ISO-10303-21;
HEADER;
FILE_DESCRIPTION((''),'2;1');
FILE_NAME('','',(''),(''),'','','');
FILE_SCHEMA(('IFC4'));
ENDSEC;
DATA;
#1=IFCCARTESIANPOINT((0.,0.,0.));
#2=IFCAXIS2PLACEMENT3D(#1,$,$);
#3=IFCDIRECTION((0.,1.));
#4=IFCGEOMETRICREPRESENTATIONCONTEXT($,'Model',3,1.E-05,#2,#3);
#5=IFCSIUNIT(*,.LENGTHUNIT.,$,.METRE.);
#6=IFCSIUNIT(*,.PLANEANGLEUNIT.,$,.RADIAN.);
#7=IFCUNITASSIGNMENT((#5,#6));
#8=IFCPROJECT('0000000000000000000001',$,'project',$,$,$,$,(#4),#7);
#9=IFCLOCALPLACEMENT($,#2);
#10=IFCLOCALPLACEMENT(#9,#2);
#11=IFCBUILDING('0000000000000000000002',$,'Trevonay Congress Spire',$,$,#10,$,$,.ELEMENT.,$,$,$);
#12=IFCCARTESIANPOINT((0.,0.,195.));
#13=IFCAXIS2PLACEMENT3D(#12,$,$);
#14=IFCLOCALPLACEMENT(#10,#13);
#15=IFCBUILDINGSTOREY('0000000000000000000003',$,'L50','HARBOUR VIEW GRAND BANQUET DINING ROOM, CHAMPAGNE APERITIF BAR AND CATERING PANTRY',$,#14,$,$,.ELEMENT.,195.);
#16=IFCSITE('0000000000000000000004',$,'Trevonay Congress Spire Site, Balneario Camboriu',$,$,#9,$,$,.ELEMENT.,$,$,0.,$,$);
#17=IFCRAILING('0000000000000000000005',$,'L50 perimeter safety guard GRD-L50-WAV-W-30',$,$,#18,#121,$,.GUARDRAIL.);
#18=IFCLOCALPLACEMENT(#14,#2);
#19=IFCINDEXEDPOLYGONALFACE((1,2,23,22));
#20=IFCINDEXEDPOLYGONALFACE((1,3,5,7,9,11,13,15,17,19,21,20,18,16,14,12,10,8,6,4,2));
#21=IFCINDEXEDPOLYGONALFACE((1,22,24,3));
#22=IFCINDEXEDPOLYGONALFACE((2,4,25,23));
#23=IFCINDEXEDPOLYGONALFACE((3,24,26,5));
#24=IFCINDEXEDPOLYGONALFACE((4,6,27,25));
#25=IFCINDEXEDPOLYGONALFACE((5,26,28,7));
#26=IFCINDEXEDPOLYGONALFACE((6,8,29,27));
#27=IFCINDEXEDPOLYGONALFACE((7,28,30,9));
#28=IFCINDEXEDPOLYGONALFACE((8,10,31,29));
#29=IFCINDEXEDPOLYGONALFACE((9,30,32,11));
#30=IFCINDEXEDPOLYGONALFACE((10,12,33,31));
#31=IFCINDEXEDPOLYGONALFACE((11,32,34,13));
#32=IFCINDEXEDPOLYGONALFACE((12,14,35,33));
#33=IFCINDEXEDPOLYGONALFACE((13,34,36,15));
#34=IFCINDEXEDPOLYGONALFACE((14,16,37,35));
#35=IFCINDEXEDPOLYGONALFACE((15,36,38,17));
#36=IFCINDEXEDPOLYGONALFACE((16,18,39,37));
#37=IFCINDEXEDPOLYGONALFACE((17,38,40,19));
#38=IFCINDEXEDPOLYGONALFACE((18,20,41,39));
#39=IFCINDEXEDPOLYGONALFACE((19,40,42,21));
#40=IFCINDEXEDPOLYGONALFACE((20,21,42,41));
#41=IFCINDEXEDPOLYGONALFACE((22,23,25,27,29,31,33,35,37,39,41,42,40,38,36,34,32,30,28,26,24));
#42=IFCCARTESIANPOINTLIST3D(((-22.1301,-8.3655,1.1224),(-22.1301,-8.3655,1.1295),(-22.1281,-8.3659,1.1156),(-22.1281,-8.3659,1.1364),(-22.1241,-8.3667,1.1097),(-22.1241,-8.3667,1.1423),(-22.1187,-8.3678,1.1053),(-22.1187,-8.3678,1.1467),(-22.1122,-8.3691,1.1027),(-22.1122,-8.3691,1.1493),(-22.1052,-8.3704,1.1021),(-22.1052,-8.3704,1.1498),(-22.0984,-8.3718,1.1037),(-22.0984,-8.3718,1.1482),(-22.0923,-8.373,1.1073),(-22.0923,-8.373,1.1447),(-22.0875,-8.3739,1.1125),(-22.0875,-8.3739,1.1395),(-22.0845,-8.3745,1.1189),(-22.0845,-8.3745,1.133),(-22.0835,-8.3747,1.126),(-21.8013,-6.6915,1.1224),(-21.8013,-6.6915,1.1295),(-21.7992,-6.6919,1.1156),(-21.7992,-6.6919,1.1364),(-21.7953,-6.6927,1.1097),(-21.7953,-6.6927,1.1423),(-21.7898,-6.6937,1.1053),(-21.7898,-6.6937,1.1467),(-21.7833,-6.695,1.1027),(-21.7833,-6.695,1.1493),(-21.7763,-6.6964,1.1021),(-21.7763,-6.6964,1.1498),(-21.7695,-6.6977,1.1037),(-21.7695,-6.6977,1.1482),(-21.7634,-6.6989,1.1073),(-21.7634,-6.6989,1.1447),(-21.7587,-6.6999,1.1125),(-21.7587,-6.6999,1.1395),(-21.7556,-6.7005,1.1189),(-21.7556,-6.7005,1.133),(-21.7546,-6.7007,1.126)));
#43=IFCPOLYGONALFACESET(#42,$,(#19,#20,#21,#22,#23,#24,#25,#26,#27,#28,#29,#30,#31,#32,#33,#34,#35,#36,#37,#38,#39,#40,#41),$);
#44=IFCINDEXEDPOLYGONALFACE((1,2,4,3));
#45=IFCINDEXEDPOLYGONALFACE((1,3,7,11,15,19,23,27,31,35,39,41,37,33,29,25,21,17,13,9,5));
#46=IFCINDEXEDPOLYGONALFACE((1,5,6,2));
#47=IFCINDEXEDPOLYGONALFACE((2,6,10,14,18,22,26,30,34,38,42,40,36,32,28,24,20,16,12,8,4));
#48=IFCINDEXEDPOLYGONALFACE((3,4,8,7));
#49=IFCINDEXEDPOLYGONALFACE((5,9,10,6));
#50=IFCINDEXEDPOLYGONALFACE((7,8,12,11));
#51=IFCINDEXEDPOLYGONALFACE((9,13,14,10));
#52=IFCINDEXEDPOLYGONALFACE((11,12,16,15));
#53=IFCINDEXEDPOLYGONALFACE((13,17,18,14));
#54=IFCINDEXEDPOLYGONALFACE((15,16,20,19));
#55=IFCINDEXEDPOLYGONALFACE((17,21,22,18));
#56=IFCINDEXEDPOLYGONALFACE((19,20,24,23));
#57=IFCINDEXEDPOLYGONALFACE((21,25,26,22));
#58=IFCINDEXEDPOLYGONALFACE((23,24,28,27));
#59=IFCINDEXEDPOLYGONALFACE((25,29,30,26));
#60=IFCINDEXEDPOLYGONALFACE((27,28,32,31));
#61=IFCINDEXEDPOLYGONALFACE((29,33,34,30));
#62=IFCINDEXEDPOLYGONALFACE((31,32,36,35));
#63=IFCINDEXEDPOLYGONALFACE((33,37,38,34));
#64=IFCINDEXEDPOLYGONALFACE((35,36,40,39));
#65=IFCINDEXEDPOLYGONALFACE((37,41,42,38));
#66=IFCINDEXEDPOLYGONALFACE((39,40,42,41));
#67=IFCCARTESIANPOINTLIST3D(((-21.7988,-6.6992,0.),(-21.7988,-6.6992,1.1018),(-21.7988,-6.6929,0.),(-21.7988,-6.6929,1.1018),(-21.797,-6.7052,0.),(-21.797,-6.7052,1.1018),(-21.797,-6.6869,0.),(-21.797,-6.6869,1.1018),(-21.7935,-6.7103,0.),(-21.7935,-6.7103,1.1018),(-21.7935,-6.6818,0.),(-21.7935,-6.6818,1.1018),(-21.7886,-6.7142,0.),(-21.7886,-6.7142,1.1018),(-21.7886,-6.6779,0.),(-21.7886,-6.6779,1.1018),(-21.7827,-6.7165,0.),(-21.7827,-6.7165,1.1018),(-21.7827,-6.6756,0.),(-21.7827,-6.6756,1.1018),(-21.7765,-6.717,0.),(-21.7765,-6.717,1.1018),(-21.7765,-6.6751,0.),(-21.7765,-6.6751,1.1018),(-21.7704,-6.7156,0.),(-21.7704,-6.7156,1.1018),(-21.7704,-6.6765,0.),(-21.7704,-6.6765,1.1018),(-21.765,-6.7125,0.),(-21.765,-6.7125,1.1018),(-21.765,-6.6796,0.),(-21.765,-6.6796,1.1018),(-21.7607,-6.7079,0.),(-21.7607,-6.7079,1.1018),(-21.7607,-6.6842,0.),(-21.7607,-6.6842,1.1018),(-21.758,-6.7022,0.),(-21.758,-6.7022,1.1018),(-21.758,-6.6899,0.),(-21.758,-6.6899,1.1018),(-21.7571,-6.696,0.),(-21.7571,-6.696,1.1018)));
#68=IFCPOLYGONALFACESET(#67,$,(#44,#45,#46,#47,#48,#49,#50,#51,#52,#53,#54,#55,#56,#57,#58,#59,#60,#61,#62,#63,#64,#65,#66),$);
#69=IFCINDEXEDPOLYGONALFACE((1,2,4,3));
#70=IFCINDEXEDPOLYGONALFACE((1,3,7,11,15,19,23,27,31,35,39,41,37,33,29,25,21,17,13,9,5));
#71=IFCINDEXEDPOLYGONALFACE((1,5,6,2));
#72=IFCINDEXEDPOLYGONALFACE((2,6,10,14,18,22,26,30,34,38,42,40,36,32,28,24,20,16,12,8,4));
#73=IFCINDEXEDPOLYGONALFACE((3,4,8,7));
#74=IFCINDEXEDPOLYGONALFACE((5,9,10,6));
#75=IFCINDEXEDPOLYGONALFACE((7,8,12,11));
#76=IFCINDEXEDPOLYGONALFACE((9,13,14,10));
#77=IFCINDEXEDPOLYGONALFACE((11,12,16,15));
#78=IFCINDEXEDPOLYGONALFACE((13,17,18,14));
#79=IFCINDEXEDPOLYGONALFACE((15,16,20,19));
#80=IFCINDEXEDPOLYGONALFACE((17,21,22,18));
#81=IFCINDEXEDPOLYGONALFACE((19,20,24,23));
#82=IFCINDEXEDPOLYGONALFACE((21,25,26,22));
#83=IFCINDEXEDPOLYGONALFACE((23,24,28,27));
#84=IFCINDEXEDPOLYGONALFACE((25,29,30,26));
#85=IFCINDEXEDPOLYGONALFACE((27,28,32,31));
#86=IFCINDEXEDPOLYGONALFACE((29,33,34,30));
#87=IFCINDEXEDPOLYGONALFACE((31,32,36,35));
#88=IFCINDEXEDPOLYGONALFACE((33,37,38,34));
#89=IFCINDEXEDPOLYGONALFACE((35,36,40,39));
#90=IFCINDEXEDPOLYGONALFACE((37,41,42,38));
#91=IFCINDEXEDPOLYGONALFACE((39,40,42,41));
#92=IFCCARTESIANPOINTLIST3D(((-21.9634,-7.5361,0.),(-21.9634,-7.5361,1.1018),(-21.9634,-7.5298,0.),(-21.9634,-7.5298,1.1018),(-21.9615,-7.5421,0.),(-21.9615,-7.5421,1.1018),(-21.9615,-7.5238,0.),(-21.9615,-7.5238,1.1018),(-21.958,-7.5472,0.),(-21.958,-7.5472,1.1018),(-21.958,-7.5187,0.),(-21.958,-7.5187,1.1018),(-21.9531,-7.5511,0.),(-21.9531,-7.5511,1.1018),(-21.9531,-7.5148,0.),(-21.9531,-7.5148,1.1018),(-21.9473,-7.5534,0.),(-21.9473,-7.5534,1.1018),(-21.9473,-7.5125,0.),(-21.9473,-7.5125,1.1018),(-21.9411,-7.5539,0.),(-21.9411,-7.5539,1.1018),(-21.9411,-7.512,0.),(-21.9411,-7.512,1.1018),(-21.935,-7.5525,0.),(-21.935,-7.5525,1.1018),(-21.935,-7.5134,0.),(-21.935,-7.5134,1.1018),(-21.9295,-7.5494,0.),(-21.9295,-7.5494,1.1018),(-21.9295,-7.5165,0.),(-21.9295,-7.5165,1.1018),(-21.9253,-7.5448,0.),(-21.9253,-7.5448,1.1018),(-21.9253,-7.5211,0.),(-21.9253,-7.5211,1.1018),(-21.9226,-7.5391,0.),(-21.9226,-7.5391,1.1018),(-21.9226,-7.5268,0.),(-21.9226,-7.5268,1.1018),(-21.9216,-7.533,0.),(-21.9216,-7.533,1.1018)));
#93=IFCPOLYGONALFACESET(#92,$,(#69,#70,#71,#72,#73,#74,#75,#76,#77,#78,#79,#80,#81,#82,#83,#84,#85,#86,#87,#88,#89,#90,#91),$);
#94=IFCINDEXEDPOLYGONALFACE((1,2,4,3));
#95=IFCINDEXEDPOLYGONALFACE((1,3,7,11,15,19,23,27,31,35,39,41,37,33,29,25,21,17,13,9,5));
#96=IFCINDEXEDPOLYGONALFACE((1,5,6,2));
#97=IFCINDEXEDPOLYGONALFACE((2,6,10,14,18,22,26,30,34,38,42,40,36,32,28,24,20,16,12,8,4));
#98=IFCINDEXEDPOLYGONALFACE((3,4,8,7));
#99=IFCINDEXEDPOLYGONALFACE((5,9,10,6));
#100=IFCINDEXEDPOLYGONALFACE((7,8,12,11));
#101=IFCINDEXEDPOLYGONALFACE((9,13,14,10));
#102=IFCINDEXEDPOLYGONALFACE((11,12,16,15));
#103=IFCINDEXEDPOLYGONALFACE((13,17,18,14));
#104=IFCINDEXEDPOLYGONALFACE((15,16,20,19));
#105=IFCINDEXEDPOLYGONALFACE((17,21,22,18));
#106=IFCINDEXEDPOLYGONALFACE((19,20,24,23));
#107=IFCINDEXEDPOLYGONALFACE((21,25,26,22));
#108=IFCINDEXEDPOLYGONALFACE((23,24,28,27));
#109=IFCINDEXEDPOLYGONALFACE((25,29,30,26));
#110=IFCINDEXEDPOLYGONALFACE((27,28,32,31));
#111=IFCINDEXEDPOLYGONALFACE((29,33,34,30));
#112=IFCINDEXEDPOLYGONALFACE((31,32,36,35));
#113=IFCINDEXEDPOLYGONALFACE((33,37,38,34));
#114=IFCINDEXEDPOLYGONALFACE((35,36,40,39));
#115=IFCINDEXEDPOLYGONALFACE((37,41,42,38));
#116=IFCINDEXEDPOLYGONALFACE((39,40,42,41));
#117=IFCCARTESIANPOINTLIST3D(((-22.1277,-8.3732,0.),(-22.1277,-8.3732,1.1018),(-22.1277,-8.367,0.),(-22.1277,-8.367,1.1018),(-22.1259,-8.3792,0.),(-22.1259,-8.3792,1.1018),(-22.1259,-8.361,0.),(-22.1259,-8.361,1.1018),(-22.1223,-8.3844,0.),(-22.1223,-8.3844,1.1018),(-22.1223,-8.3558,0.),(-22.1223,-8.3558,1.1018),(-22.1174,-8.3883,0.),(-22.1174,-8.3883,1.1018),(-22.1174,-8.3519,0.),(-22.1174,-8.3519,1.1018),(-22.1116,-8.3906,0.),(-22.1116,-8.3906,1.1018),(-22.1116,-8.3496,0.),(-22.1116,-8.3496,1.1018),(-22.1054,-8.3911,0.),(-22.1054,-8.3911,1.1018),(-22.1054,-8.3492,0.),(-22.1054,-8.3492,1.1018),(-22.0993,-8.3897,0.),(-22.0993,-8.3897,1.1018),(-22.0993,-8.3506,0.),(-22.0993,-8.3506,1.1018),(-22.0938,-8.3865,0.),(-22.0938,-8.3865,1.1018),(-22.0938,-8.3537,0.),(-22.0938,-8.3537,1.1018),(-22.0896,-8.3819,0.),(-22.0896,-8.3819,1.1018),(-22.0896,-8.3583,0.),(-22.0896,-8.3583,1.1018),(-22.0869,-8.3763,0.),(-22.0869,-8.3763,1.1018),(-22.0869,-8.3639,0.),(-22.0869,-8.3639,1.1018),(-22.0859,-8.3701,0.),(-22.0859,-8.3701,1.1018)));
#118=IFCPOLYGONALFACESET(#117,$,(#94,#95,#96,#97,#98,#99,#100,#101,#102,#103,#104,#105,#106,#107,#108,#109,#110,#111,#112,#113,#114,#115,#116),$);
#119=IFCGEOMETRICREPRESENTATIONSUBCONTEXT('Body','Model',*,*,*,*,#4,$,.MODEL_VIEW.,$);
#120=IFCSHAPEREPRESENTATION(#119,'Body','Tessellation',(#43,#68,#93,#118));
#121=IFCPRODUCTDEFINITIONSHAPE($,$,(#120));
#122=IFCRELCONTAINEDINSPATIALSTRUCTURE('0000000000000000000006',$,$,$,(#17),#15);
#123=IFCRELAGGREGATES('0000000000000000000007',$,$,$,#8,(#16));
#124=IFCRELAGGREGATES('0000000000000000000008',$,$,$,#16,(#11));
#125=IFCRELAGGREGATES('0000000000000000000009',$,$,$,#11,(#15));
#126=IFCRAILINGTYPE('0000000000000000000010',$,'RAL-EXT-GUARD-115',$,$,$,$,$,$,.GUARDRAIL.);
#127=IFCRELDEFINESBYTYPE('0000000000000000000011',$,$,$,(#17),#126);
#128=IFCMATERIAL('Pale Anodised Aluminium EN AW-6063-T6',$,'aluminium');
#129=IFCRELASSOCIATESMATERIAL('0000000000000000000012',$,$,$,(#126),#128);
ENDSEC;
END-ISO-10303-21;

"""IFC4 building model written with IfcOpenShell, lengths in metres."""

from ifc_helpers import new_model, si_unit, direction, frame, origin, origin_2d, place, context, subcontext, project, spatial, circle, extrude, material, type_object, element, save


model = new_model("IFC4")

# Units and contexts
model_context = context("Model", 3, precision=1e-05, world=origin(), true_north=direction((0.0, 1.0)))
body_context = subcontext(model_context, "Body", "Model", "MODEL_VIEW")
ifc_project = project(units=[si_unit("LENGTHUNIT", "METRE"), si_unit("PLANEANGLEUNIT", "RADIAN")], contexts=[model_context])

# Site, building, storey
site_placement = place(None, origin())
site = spatial("IfcSite", under=ifc_project, at=site_placement, Name="Trevonay Congress Spire Site, Balneario Camboriu", CompositionType="ELEMENT", RefElevation=0.0)
building_placement = place(site_placement, origin())
building = spatial("IfcBuilding", under=site, at=building_placement, Name="Trevonay Congress Spire", CompositionType="ELEMENT")
storey_placement = place(building_placement, frame((0.0, 0.0, 195.0)))
storey = spatial("IfcBuildingStorey", under=building, at=storey_placement, Name="L50", Description="HARBOUR VIEW GRAND BANQUET DINING ROOM, CHAMPAGNE APERITIF BAR AND CATERING PANTRY", CompositionType="ELEMENT", Elevation=195.0)

# Shared definitions
ifc_material_1 = material(Name="Pale Anodised Aluminium EN AW-6063-T6", Category="aluminium")

# Railing
railing_type = type_object("IfcRailingType", Name="RAL-EXT-GUARD-115", PredefinedType="GUARDRAIL", material=ifc_material_1)
railing_1_placement = place(storey_placement, frame((-21.7781, -6.696, 0.0)))
element("IfcRailing", 1, at=railing_1_placement, inside=storey, type_object=railing_type, Name="L50 perimeter safety guard GRD-L50-WAV-W-30", PredefinedType="GUARDRAIL", context=body_context, shape_type="SweptSolid", body=[
    extrude(circle(Radius=0.0239, at=origin_2d()), frame((0.0, 0.0, 1.126), z_axis=(-0.192758, -0.981246, 0.0), x_axis=(0.981246, -0.192758, 0.0)), (0.0, 0.0, 1.0), 1.7061),
    extrude(circle(Radius=0.021, at=origin_2d()), origin(), (0.0, 0.0, 1.0), 1.1018),
    extrude(circle(Radius=0.021, at=origin_2d()), frame((-0.1646, -0.8369, 0.0)), (0.0, 0.0, 1.0), 1.1018),
    extrude(circle(Radius=0.021, at=origin_2d()), frame((-0.3289, -1.6741, 0.0)), (0.0, 0.0, 1.0), 1.1018),
])

save(model, "model.ifc")
